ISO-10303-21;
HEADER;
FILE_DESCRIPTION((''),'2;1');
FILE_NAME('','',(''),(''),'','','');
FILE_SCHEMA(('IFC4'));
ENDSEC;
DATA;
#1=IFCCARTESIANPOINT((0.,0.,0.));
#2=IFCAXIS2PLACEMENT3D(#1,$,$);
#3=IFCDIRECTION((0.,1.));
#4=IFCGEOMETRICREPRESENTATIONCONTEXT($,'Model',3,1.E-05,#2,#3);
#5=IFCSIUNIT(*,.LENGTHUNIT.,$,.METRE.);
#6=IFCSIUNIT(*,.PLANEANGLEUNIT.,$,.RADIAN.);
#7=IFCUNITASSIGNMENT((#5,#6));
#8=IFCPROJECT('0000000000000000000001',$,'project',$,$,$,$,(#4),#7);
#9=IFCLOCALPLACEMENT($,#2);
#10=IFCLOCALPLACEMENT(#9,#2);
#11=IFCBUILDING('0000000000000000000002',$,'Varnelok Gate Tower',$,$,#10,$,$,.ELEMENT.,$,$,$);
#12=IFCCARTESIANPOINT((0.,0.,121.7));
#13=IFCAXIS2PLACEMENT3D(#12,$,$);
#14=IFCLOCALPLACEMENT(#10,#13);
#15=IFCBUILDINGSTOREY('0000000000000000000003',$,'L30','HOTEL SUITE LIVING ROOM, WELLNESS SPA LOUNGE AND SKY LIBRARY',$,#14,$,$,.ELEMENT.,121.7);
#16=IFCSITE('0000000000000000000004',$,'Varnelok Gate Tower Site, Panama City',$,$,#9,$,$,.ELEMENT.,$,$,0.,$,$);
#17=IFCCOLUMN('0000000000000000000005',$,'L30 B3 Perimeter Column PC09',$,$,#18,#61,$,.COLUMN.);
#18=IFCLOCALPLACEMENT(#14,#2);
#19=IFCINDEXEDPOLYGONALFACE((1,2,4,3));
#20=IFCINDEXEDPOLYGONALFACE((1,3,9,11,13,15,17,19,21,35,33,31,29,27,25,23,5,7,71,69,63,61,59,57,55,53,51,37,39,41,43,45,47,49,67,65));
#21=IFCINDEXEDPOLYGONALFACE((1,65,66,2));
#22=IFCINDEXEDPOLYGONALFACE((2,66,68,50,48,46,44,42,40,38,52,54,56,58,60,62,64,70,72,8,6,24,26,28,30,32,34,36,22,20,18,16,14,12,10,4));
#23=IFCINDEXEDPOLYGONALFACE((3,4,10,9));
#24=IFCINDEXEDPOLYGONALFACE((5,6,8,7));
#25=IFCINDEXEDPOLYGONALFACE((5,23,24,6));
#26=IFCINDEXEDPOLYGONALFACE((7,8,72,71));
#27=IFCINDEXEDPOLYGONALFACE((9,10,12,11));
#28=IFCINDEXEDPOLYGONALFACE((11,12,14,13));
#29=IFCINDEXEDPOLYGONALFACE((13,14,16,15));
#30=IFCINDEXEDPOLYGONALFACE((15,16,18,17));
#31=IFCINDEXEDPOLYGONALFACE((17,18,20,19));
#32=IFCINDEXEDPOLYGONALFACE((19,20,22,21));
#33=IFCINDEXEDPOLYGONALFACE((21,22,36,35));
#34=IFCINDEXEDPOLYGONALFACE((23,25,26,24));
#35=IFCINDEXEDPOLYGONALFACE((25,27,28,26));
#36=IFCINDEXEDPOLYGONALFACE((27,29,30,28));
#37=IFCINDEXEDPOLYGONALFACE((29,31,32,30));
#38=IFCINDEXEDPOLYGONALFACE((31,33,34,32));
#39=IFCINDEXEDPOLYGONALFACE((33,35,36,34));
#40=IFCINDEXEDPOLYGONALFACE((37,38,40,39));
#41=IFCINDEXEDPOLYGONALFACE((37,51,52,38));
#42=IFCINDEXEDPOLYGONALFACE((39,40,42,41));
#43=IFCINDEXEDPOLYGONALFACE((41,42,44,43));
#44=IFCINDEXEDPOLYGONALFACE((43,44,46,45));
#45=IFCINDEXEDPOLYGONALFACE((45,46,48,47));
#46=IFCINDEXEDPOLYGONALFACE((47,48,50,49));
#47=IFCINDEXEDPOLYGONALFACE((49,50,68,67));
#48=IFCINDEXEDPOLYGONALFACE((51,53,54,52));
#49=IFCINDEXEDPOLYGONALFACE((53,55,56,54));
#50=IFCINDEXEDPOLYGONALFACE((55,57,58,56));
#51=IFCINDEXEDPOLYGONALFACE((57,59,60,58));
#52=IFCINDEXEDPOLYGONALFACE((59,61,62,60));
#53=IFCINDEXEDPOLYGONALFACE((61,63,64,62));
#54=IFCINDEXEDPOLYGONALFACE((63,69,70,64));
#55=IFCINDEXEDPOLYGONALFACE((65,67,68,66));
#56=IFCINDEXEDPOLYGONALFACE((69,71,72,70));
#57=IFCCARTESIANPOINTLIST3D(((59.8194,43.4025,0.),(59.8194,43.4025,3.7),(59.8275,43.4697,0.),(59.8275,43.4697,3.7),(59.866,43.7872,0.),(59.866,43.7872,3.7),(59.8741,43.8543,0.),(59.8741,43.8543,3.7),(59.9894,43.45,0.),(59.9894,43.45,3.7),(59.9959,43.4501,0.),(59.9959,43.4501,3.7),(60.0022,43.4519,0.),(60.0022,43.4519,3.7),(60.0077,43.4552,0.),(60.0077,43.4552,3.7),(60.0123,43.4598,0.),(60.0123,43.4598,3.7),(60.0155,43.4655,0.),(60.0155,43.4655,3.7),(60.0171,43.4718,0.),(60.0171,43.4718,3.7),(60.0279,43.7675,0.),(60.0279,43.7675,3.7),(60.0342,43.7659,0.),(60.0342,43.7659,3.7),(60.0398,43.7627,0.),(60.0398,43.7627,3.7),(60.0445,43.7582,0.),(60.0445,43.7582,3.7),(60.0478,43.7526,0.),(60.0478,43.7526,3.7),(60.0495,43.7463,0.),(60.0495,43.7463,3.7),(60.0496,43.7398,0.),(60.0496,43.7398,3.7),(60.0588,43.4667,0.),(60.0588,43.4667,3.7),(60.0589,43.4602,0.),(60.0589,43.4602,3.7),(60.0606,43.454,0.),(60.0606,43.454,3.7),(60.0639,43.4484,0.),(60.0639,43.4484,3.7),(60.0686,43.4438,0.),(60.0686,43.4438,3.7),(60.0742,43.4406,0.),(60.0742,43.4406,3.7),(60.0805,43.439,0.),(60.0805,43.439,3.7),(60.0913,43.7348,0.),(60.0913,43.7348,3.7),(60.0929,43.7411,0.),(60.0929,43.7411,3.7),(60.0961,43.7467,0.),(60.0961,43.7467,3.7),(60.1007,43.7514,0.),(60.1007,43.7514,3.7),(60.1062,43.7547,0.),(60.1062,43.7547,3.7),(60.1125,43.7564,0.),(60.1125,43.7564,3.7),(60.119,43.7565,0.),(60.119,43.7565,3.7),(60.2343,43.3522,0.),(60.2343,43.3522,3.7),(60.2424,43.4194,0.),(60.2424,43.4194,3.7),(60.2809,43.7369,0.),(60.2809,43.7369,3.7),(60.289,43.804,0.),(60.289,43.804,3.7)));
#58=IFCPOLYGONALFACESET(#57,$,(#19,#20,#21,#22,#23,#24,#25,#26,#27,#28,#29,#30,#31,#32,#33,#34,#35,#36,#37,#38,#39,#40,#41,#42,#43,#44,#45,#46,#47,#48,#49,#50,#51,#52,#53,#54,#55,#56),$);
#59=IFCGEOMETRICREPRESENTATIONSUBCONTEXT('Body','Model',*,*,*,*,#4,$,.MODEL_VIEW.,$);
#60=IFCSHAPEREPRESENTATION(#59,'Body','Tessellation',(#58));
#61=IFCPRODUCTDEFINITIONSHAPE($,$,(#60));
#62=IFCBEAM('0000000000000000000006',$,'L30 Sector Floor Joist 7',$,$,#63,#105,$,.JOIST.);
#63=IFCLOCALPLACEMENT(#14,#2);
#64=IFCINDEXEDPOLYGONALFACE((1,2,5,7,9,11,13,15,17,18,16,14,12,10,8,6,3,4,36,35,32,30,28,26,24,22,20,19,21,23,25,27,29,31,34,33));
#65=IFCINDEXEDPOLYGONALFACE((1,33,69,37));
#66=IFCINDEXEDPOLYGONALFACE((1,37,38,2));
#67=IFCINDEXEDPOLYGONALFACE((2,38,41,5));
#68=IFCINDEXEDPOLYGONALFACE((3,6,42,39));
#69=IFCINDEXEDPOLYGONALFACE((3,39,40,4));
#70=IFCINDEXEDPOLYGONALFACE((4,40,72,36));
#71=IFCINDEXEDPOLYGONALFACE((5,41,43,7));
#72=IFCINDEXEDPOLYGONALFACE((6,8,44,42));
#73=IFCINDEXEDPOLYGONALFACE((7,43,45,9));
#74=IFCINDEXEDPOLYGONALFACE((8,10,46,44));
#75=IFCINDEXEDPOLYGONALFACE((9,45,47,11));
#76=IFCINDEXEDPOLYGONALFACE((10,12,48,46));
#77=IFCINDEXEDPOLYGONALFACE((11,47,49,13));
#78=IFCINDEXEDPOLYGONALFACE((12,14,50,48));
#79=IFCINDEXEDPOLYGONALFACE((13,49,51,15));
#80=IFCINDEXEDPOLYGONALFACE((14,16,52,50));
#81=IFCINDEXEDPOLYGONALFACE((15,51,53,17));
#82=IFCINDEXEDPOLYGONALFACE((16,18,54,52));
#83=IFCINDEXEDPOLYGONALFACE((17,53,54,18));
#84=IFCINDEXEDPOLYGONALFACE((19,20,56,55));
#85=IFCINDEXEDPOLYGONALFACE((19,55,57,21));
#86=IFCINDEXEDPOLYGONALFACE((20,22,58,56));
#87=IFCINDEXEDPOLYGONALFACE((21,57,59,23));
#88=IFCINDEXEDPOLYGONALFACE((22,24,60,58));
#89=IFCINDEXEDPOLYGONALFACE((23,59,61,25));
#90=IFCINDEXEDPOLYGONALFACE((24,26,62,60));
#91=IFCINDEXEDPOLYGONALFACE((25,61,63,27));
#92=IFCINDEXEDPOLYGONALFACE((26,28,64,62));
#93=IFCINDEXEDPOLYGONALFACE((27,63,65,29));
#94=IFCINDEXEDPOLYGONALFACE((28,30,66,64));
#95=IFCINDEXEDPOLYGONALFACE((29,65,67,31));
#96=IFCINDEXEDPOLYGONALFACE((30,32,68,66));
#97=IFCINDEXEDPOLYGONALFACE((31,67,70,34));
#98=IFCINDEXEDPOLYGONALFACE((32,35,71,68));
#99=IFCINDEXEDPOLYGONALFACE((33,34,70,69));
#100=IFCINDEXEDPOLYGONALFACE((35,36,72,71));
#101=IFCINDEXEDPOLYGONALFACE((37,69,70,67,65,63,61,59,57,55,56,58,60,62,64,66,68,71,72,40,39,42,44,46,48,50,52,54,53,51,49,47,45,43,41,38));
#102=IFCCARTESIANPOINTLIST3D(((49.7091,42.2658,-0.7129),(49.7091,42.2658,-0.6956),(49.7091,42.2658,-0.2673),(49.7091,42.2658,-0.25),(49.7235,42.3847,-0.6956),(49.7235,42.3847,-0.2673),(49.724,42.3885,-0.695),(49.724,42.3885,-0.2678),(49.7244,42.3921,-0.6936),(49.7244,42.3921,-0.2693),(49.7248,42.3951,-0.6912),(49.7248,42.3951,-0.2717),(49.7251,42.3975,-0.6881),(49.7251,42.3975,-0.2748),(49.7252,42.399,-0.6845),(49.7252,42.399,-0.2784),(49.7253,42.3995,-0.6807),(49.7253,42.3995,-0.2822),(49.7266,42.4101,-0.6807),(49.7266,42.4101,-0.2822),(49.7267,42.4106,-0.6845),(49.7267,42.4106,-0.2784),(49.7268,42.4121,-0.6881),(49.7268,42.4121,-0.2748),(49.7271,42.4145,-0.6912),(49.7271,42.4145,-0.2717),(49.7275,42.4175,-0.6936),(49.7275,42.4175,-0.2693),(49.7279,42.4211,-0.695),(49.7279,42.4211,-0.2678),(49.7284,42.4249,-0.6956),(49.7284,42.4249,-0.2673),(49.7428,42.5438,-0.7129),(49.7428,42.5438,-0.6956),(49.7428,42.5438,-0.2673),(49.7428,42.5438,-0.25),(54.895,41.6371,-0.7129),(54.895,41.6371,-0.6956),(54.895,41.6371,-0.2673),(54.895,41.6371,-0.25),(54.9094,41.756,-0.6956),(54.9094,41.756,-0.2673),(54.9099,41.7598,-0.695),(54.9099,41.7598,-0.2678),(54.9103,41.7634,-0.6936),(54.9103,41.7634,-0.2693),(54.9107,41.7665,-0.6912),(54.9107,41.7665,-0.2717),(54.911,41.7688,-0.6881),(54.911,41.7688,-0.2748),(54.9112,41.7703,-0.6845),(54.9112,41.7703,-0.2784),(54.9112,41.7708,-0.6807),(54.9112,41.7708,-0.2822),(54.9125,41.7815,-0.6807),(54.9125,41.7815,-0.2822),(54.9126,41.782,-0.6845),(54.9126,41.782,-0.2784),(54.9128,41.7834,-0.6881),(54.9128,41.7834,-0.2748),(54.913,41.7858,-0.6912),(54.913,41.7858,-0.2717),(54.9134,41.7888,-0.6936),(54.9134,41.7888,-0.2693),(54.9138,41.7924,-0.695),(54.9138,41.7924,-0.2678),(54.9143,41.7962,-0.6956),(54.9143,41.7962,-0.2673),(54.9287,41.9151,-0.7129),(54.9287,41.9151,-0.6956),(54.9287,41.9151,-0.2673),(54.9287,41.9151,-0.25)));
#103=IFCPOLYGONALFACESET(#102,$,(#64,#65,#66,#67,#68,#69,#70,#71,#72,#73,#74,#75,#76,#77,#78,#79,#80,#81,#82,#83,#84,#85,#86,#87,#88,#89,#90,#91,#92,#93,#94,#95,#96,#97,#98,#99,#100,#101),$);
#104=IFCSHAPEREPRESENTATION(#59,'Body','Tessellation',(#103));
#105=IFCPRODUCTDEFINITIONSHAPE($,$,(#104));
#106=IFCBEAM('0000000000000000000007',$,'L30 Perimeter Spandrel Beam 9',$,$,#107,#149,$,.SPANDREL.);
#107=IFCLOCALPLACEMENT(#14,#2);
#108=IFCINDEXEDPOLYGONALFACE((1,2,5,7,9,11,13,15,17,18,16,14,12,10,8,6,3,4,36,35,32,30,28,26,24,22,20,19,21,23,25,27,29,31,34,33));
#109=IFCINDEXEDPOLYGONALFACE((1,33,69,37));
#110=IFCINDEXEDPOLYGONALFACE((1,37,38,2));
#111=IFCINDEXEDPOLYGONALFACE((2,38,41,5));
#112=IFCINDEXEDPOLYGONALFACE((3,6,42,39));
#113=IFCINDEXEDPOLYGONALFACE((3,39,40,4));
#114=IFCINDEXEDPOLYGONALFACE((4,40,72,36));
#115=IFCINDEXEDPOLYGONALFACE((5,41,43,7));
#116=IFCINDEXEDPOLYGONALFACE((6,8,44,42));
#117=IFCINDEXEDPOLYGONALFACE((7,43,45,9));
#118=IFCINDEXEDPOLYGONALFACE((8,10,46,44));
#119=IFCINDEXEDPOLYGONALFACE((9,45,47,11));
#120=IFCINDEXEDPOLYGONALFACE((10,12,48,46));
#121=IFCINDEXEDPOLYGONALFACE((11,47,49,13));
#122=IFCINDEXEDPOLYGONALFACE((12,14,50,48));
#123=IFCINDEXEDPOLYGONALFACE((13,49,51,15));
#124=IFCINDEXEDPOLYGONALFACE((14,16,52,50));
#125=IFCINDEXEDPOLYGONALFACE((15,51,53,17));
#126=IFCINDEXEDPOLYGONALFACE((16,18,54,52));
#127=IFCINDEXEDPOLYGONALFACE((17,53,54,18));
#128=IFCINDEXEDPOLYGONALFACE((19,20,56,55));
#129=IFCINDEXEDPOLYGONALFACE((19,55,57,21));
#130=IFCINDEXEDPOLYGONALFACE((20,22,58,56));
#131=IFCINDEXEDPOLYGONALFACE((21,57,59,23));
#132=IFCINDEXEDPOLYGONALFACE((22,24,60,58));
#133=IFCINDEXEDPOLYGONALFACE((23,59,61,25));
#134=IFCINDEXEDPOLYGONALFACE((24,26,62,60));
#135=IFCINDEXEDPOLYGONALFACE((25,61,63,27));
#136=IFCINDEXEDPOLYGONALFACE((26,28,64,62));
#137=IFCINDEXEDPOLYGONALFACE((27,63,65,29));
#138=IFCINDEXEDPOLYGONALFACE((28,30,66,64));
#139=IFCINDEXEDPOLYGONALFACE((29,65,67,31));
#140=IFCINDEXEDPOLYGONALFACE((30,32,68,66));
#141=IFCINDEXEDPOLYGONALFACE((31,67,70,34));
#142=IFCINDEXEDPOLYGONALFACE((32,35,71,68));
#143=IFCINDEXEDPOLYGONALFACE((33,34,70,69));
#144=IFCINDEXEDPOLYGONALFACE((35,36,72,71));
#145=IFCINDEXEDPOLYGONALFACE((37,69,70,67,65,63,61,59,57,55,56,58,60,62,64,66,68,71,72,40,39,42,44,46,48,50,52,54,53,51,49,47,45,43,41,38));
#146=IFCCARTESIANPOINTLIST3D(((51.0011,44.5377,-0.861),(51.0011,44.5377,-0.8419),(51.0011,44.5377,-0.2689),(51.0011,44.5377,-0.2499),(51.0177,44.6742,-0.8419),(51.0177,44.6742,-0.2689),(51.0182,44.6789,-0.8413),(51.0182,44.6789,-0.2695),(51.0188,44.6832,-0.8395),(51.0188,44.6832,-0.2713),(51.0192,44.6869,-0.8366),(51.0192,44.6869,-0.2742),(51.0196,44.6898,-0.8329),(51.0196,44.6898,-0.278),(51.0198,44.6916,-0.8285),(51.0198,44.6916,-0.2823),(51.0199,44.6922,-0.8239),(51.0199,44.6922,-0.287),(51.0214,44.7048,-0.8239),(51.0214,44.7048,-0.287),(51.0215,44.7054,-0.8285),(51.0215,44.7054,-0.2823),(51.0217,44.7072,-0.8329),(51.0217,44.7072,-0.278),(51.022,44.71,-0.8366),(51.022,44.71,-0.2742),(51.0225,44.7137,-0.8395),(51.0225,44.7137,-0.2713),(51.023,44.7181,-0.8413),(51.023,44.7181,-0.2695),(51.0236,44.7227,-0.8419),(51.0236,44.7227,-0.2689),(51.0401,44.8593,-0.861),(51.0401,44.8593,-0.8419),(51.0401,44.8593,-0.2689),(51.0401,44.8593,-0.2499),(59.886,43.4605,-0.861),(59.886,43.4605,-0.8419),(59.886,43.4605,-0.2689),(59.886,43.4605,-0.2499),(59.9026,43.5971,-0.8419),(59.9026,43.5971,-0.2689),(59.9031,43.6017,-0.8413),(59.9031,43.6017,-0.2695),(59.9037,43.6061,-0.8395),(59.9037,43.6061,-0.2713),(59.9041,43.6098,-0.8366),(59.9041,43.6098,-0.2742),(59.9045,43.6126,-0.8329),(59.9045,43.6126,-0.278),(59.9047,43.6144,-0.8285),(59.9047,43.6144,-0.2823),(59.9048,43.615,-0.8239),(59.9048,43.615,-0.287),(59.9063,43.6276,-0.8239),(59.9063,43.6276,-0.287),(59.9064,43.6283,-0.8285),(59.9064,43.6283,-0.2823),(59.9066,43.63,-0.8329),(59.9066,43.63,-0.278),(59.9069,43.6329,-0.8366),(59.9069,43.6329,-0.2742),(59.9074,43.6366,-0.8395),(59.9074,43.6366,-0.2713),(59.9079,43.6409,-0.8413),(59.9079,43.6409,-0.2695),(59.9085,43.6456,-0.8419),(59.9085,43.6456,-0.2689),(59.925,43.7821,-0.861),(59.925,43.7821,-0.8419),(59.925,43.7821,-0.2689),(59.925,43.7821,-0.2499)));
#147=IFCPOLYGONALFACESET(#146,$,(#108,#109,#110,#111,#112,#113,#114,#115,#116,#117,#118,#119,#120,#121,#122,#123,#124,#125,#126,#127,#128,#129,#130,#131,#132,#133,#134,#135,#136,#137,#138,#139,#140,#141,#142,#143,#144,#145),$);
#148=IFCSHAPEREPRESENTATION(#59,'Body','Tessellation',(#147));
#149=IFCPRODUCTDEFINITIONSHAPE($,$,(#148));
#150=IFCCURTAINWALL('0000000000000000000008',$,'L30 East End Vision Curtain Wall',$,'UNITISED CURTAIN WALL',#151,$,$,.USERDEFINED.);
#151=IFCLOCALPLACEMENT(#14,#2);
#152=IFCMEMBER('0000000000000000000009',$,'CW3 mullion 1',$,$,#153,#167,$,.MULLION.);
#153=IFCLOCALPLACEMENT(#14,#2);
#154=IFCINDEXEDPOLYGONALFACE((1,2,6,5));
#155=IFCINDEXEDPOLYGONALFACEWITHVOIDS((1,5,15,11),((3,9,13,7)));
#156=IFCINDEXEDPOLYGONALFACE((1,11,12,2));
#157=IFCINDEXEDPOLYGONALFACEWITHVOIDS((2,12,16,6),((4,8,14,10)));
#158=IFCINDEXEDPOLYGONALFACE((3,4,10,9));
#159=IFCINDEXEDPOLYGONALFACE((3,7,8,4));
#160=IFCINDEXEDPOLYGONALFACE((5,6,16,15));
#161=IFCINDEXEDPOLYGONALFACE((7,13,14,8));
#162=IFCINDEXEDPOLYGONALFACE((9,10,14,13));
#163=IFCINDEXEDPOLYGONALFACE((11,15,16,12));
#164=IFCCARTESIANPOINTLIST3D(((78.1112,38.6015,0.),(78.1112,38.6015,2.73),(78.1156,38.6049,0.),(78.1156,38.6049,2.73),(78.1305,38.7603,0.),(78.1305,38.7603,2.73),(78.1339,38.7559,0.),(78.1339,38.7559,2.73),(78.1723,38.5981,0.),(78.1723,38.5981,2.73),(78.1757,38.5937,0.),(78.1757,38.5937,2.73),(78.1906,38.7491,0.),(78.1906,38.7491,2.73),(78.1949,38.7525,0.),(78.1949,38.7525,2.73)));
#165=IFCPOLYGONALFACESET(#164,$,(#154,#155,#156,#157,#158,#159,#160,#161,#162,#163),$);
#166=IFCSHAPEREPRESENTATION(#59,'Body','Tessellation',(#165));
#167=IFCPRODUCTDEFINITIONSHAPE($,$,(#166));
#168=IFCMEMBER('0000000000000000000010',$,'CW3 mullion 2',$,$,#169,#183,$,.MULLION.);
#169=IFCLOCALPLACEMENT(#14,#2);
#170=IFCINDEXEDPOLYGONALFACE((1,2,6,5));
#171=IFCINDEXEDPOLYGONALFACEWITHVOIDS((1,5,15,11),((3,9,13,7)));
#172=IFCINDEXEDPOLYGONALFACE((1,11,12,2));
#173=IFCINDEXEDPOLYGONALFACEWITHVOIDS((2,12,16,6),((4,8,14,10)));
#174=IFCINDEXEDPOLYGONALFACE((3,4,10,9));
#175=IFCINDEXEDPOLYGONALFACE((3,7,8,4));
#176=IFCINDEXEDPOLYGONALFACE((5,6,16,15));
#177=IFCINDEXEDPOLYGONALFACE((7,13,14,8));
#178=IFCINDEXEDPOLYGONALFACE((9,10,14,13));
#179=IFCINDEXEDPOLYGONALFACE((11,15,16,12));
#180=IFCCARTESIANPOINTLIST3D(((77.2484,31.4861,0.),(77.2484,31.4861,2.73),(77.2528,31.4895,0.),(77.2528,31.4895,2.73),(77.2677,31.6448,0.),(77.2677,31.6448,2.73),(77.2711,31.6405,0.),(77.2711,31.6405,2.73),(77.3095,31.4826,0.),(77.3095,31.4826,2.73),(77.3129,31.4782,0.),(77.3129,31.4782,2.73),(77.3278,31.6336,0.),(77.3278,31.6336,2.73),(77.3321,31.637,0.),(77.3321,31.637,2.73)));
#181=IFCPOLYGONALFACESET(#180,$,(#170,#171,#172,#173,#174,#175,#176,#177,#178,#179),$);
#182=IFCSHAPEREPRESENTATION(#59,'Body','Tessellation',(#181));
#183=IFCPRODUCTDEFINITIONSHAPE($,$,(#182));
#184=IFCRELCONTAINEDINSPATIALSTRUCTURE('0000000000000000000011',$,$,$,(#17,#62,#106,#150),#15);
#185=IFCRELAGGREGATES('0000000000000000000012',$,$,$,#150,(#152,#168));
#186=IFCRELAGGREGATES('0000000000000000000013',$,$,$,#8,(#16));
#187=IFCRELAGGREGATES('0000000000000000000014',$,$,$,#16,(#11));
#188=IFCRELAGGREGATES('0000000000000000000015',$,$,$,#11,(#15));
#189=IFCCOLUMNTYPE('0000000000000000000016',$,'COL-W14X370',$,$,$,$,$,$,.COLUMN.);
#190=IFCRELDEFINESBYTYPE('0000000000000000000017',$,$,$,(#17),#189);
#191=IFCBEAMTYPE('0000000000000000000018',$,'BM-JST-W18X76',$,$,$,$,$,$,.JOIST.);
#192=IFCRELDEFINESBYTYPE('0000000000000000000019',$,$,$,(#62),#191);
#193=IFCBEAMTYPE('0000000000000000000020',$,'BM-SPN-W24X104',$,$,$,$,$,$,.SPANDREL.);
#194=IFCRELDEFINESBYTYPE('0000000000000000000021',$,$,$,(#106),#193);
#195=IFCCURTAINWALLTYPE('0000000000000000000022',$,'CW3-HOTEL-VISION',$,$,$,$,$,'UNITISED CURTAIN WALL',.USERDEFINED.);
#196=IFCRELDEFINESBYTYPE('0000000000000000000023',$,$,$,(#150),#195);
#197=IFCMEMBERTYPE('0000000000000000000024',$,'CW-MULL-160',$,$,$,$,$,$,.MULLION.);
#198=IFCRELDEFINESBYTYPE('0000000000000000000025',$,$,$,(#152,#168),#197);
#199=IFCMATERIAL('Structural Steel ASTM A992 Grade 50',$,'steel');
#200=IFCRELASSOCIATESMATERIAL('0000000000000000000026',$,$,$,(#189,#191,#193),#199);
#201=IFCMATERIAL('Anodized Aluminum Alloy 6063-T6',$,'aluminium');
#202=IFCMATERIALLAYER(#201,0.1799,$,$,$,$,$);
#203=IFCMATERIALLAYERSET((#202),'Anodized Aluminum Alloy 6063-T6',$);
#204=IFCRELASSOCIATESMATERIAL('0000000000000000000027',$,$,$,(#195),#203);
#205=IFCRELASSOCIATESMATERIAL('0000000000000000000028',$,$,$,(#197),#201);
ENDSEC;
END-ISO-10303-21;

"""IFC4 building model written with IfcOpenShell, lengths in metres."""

from ifc_helpers import new_model, si_unit, direction, frame, origin, origin_2d, place, context, subcontext, project, spatial, hollow_rectangle, i_section, extrude, material, layer, layer_set, material_profile, profile_set, type_object, element, aggregate, save


model = new_model("IFC4")

# Units and contexts
model_context = context("Model", 3, precision=1e-05, world=origin(), true_north=direction((0.0, 1.0)))
body_context = subcontext(model_context, "Body", "Model", "MODEL_VIEW")
ifc_project = project(units=[si_unit("LENGTHUNIT", "METRE"), si_unit("PLANEANGLEUNIT", "RADIAN")], contexts=[model_context])

# Site, building, storey
site_placement = place(None, origin())
site = spatial("IfcSite", under=ifc_project, at=site_placement, Name="Varnelok Gate Tower Site, Panama City", CompositionType="ELEMENT", RefElevation=0.0)
building_placement = place(site_placement, origin())
building = spatial("IfcBuilding", under=site, at=building_placement, Name="Varnelok Gate Tower", CompositionType="ELEMENT")
storey_placement = place(building_placement, frame((0.0, 0.0, 121.7)))
storey = spatial("IfcBuildingStorey", under=building, at=storey_placement, Name="L30", Description="HOTEL SUITE LIVING ROOM, WELLNESS SPA LOUNGE AND SKY LIBRARY", CompositionType="ELEMENT", Elevation=121.7)

# Column
ifc_material_1 = material(Name="Structural Steel ASTM A992 Grade 50", Category="steel")
ifc_material_profile_1 = material_profile(ifc_material_1, i_section(OverallWidth=0.418, OverallDepth=0.4551, WebThickness=0.042, FlangeThickness=0.0676, FilletRadius=0.0249, at=origin_2d()), Name="W14X370")
ifc_profile_set_1 = profile_set([ifc_material_profile_1], Name="Structural Steel ASTM A992 Grade 50")
column_type = type_object("IfcColumnType", Name="COL-W14X370", PredefinedType="COLUMN", material=ifc_profile_set_1)
column_placement = place(storey_placement, frame((60.0542, 43.6033, 0.0), z_axis=(0.0, 0.0, 1.0), x_axis=(0.992732, -0.120345, 0.0)))
element("IfcColumn", 1, at=column_placement, inside=storey, type_object=column_type, Name="L30 B3 Perimeter Column PC09", PredefinedType="COLUMN", context=body_context, shape_type="SweptSolid", body=[
    extrude(i_section(OverallWidth=0.418, OverallDepth=0.4551, WebThickness=0.042, FlangeThickness=0.0676, FilletRadius=0.0249, at=origin_2d()), origin(), (0.0, 0.0, 1.0), 3.7),
])

# Beams
ifc_material_profile_2 = material_profile(ifc_material_1, i_section(OverallWidth=0.28, OverallDepth=0.4629, WebThickness=0.0107, FlangeThickness=0.0173, FilletRadius=0.0149, at=origin_2d()), Name="W18X76")
ifc_profile_set_2 = profile_set([ifc_material_profile_2], Name="Structural Steel ASTM A992 Grade 50")
beam_type_1 = type_object("IfcBeamType", Name="BM-JST-W18X76", PredefinedType="JOIST", material=ifc_profile_set_2)
beam_1_placement = place(storey_placement, frame((54.9119, 41.7761, -0.4814), z_axis=(-0.992732, 0.120347, 0.0), x_axis=(-0.120347, -0.992732, 0.0)))
element("IfcBeam", 2, at=beam_1_placement, inside=storey, type_object=beam_type_1, Name="L30 Sector Floor Joist 7", PredefinedType="JOIST", context=body_context, shape_type="SweptSolid", body=[
    extrude(i_section(OverallWidth=0.28, OverallDepth=0.4629, WebThickness=0.0107, FlangeThickness=0.0173, FilletRadius=0.0149, at=origin_2d()), origin(), (0.0, 0.0, 1.0), 5.2239),
])
ifc_material_profile_3 = material_profile(ifc_material_1, i_section(OverallWidth=0.324, OverallDepth=0.6111, WebThickness=0.0127, FlangeThickness=0.019, FilletRadius=0.0181, at=origin_2d()), Name="W24X104")
ifc_profile_set_3 = profile_set([ifc_material_profile_3], Name="Structural Steel ASTM A992 Grade 50")
beam_type_2 = type_object("IfcBeamType", Name="BM-SPN-W24X104", PredefinedType="SPANDREL", material=ifc_profile_set_3)
beam_2_placement = place(storey_placement, frame((59.9055, 43.6213, -0.5554), z_axis=(-0.992731, 0.120351, 0.0), x_axis=(-0.120351, -0.992731, 0.0)))
element("IfcBeam", 3, at=beam_2_placement, inside=storey, type_object=beam_type_2, Name="L30 Perimeter Spandrel Beam 9", PredefinedType="SPANDREL", context=body_context, shape_type="SweptSolid", body=[
    extrude(i_section(OverallWidth=0.324, OverallDepth=0.6111, WebThickness=0.0127, FlangeThickness=0.019, FilletRadius=0.0181, at=origin_2d()), origin(), (0.0, 0.0, 1.0), 8.95),
])

# Curtain wall, members
ifc_material_2 = material(Name="Anodized Aluminum Alloy 6063-T6", Category="aluminium")
ifc_layer_1 = layer(ifc_material_2, 0.1799)
ifc_layer_set_1 = layer_set([ifc_layer_1], Name="Anodized Aluminum Alloy 6063-T6")
curtain_wall_type = type_object("IfcCurtainWallType", Name="CW3-HOTEL-VISION", ElementType="UNITISED CURTAIN WALL", PredefinedType="USERDEFINED", material=ifc_layer_set_1)
curtain_wall_placement = place(storey_placement, origin())
curtain_wall = element("IfcCurtainWall", 4, at=curtain_wall_placement, inside=storey, type_object=curtain_wall_type, Name="L30 East End Vision Curtain Wall", ObjectType="UNITISED CURTAIN WALL", PredefinedType="USERDEFINED")
ifc_material_profile_4 = material_profile(ifc_material_2, hollow_rectangle(XDim=0.0649, YDim=0.1599, WallThickness=0.0039, at=origin_2d()), Name="ALU160X65X4")
ifc_profile_set_4 = profile_set([ifc_material_profile_4], Name="Anodized Aluminum Alloy 6063-T6")
member_type_1 = type_object("IfcMemberType", Name="CW-MULL-160", PredefinedType="MULLION", material=ifc_profile_set_4)
member_1_placement = place(storey_placement, frame((78.1531, 38.677, 0.0), z_axis=(0.0, 0.0, 1.0), x_axis=(0.992732, -0.120347, 0.0)))
member_1 = element("IfcMember", 5, at=member_1_placement, type_object=member_type_1, Name="CW3 mullion 1", PredefinedType="MULLION", context=body_context, shape_type="SweptSolid", body=[
    extrude(hollow_rectangle(XDim=0.0649, YDim=0.1599, WallThickness=0.0039, at=origin_2d()), origin(), (0.0, 0.0, 1.0), 2.73),
])
member_2_placement = place(storey_placement, frame((77.2903, 31.5615, 0.0), z_axis=(0.0, 0.0, 1.0), x_axis=(0.992732, -0.120347, 0.0)))
member_2 = element("IfcMember", 6, at=member_2_placement, type_object=member_type_1, Name="CW3 mullion 2", PredefinedType="MULLION", context=body_context, shape_type="SweptSolid", body=[
    extrude(hollow_rectangle(XDim=0.0649, YDim=0.1599, WallThickness=0.0039, at=origin_2d()), origin(), (0.0, 0.0, 1.0), 2.73),
])
aggregate(curtain_wall, [member_1, member_2])

save(model, "model.ifc")
